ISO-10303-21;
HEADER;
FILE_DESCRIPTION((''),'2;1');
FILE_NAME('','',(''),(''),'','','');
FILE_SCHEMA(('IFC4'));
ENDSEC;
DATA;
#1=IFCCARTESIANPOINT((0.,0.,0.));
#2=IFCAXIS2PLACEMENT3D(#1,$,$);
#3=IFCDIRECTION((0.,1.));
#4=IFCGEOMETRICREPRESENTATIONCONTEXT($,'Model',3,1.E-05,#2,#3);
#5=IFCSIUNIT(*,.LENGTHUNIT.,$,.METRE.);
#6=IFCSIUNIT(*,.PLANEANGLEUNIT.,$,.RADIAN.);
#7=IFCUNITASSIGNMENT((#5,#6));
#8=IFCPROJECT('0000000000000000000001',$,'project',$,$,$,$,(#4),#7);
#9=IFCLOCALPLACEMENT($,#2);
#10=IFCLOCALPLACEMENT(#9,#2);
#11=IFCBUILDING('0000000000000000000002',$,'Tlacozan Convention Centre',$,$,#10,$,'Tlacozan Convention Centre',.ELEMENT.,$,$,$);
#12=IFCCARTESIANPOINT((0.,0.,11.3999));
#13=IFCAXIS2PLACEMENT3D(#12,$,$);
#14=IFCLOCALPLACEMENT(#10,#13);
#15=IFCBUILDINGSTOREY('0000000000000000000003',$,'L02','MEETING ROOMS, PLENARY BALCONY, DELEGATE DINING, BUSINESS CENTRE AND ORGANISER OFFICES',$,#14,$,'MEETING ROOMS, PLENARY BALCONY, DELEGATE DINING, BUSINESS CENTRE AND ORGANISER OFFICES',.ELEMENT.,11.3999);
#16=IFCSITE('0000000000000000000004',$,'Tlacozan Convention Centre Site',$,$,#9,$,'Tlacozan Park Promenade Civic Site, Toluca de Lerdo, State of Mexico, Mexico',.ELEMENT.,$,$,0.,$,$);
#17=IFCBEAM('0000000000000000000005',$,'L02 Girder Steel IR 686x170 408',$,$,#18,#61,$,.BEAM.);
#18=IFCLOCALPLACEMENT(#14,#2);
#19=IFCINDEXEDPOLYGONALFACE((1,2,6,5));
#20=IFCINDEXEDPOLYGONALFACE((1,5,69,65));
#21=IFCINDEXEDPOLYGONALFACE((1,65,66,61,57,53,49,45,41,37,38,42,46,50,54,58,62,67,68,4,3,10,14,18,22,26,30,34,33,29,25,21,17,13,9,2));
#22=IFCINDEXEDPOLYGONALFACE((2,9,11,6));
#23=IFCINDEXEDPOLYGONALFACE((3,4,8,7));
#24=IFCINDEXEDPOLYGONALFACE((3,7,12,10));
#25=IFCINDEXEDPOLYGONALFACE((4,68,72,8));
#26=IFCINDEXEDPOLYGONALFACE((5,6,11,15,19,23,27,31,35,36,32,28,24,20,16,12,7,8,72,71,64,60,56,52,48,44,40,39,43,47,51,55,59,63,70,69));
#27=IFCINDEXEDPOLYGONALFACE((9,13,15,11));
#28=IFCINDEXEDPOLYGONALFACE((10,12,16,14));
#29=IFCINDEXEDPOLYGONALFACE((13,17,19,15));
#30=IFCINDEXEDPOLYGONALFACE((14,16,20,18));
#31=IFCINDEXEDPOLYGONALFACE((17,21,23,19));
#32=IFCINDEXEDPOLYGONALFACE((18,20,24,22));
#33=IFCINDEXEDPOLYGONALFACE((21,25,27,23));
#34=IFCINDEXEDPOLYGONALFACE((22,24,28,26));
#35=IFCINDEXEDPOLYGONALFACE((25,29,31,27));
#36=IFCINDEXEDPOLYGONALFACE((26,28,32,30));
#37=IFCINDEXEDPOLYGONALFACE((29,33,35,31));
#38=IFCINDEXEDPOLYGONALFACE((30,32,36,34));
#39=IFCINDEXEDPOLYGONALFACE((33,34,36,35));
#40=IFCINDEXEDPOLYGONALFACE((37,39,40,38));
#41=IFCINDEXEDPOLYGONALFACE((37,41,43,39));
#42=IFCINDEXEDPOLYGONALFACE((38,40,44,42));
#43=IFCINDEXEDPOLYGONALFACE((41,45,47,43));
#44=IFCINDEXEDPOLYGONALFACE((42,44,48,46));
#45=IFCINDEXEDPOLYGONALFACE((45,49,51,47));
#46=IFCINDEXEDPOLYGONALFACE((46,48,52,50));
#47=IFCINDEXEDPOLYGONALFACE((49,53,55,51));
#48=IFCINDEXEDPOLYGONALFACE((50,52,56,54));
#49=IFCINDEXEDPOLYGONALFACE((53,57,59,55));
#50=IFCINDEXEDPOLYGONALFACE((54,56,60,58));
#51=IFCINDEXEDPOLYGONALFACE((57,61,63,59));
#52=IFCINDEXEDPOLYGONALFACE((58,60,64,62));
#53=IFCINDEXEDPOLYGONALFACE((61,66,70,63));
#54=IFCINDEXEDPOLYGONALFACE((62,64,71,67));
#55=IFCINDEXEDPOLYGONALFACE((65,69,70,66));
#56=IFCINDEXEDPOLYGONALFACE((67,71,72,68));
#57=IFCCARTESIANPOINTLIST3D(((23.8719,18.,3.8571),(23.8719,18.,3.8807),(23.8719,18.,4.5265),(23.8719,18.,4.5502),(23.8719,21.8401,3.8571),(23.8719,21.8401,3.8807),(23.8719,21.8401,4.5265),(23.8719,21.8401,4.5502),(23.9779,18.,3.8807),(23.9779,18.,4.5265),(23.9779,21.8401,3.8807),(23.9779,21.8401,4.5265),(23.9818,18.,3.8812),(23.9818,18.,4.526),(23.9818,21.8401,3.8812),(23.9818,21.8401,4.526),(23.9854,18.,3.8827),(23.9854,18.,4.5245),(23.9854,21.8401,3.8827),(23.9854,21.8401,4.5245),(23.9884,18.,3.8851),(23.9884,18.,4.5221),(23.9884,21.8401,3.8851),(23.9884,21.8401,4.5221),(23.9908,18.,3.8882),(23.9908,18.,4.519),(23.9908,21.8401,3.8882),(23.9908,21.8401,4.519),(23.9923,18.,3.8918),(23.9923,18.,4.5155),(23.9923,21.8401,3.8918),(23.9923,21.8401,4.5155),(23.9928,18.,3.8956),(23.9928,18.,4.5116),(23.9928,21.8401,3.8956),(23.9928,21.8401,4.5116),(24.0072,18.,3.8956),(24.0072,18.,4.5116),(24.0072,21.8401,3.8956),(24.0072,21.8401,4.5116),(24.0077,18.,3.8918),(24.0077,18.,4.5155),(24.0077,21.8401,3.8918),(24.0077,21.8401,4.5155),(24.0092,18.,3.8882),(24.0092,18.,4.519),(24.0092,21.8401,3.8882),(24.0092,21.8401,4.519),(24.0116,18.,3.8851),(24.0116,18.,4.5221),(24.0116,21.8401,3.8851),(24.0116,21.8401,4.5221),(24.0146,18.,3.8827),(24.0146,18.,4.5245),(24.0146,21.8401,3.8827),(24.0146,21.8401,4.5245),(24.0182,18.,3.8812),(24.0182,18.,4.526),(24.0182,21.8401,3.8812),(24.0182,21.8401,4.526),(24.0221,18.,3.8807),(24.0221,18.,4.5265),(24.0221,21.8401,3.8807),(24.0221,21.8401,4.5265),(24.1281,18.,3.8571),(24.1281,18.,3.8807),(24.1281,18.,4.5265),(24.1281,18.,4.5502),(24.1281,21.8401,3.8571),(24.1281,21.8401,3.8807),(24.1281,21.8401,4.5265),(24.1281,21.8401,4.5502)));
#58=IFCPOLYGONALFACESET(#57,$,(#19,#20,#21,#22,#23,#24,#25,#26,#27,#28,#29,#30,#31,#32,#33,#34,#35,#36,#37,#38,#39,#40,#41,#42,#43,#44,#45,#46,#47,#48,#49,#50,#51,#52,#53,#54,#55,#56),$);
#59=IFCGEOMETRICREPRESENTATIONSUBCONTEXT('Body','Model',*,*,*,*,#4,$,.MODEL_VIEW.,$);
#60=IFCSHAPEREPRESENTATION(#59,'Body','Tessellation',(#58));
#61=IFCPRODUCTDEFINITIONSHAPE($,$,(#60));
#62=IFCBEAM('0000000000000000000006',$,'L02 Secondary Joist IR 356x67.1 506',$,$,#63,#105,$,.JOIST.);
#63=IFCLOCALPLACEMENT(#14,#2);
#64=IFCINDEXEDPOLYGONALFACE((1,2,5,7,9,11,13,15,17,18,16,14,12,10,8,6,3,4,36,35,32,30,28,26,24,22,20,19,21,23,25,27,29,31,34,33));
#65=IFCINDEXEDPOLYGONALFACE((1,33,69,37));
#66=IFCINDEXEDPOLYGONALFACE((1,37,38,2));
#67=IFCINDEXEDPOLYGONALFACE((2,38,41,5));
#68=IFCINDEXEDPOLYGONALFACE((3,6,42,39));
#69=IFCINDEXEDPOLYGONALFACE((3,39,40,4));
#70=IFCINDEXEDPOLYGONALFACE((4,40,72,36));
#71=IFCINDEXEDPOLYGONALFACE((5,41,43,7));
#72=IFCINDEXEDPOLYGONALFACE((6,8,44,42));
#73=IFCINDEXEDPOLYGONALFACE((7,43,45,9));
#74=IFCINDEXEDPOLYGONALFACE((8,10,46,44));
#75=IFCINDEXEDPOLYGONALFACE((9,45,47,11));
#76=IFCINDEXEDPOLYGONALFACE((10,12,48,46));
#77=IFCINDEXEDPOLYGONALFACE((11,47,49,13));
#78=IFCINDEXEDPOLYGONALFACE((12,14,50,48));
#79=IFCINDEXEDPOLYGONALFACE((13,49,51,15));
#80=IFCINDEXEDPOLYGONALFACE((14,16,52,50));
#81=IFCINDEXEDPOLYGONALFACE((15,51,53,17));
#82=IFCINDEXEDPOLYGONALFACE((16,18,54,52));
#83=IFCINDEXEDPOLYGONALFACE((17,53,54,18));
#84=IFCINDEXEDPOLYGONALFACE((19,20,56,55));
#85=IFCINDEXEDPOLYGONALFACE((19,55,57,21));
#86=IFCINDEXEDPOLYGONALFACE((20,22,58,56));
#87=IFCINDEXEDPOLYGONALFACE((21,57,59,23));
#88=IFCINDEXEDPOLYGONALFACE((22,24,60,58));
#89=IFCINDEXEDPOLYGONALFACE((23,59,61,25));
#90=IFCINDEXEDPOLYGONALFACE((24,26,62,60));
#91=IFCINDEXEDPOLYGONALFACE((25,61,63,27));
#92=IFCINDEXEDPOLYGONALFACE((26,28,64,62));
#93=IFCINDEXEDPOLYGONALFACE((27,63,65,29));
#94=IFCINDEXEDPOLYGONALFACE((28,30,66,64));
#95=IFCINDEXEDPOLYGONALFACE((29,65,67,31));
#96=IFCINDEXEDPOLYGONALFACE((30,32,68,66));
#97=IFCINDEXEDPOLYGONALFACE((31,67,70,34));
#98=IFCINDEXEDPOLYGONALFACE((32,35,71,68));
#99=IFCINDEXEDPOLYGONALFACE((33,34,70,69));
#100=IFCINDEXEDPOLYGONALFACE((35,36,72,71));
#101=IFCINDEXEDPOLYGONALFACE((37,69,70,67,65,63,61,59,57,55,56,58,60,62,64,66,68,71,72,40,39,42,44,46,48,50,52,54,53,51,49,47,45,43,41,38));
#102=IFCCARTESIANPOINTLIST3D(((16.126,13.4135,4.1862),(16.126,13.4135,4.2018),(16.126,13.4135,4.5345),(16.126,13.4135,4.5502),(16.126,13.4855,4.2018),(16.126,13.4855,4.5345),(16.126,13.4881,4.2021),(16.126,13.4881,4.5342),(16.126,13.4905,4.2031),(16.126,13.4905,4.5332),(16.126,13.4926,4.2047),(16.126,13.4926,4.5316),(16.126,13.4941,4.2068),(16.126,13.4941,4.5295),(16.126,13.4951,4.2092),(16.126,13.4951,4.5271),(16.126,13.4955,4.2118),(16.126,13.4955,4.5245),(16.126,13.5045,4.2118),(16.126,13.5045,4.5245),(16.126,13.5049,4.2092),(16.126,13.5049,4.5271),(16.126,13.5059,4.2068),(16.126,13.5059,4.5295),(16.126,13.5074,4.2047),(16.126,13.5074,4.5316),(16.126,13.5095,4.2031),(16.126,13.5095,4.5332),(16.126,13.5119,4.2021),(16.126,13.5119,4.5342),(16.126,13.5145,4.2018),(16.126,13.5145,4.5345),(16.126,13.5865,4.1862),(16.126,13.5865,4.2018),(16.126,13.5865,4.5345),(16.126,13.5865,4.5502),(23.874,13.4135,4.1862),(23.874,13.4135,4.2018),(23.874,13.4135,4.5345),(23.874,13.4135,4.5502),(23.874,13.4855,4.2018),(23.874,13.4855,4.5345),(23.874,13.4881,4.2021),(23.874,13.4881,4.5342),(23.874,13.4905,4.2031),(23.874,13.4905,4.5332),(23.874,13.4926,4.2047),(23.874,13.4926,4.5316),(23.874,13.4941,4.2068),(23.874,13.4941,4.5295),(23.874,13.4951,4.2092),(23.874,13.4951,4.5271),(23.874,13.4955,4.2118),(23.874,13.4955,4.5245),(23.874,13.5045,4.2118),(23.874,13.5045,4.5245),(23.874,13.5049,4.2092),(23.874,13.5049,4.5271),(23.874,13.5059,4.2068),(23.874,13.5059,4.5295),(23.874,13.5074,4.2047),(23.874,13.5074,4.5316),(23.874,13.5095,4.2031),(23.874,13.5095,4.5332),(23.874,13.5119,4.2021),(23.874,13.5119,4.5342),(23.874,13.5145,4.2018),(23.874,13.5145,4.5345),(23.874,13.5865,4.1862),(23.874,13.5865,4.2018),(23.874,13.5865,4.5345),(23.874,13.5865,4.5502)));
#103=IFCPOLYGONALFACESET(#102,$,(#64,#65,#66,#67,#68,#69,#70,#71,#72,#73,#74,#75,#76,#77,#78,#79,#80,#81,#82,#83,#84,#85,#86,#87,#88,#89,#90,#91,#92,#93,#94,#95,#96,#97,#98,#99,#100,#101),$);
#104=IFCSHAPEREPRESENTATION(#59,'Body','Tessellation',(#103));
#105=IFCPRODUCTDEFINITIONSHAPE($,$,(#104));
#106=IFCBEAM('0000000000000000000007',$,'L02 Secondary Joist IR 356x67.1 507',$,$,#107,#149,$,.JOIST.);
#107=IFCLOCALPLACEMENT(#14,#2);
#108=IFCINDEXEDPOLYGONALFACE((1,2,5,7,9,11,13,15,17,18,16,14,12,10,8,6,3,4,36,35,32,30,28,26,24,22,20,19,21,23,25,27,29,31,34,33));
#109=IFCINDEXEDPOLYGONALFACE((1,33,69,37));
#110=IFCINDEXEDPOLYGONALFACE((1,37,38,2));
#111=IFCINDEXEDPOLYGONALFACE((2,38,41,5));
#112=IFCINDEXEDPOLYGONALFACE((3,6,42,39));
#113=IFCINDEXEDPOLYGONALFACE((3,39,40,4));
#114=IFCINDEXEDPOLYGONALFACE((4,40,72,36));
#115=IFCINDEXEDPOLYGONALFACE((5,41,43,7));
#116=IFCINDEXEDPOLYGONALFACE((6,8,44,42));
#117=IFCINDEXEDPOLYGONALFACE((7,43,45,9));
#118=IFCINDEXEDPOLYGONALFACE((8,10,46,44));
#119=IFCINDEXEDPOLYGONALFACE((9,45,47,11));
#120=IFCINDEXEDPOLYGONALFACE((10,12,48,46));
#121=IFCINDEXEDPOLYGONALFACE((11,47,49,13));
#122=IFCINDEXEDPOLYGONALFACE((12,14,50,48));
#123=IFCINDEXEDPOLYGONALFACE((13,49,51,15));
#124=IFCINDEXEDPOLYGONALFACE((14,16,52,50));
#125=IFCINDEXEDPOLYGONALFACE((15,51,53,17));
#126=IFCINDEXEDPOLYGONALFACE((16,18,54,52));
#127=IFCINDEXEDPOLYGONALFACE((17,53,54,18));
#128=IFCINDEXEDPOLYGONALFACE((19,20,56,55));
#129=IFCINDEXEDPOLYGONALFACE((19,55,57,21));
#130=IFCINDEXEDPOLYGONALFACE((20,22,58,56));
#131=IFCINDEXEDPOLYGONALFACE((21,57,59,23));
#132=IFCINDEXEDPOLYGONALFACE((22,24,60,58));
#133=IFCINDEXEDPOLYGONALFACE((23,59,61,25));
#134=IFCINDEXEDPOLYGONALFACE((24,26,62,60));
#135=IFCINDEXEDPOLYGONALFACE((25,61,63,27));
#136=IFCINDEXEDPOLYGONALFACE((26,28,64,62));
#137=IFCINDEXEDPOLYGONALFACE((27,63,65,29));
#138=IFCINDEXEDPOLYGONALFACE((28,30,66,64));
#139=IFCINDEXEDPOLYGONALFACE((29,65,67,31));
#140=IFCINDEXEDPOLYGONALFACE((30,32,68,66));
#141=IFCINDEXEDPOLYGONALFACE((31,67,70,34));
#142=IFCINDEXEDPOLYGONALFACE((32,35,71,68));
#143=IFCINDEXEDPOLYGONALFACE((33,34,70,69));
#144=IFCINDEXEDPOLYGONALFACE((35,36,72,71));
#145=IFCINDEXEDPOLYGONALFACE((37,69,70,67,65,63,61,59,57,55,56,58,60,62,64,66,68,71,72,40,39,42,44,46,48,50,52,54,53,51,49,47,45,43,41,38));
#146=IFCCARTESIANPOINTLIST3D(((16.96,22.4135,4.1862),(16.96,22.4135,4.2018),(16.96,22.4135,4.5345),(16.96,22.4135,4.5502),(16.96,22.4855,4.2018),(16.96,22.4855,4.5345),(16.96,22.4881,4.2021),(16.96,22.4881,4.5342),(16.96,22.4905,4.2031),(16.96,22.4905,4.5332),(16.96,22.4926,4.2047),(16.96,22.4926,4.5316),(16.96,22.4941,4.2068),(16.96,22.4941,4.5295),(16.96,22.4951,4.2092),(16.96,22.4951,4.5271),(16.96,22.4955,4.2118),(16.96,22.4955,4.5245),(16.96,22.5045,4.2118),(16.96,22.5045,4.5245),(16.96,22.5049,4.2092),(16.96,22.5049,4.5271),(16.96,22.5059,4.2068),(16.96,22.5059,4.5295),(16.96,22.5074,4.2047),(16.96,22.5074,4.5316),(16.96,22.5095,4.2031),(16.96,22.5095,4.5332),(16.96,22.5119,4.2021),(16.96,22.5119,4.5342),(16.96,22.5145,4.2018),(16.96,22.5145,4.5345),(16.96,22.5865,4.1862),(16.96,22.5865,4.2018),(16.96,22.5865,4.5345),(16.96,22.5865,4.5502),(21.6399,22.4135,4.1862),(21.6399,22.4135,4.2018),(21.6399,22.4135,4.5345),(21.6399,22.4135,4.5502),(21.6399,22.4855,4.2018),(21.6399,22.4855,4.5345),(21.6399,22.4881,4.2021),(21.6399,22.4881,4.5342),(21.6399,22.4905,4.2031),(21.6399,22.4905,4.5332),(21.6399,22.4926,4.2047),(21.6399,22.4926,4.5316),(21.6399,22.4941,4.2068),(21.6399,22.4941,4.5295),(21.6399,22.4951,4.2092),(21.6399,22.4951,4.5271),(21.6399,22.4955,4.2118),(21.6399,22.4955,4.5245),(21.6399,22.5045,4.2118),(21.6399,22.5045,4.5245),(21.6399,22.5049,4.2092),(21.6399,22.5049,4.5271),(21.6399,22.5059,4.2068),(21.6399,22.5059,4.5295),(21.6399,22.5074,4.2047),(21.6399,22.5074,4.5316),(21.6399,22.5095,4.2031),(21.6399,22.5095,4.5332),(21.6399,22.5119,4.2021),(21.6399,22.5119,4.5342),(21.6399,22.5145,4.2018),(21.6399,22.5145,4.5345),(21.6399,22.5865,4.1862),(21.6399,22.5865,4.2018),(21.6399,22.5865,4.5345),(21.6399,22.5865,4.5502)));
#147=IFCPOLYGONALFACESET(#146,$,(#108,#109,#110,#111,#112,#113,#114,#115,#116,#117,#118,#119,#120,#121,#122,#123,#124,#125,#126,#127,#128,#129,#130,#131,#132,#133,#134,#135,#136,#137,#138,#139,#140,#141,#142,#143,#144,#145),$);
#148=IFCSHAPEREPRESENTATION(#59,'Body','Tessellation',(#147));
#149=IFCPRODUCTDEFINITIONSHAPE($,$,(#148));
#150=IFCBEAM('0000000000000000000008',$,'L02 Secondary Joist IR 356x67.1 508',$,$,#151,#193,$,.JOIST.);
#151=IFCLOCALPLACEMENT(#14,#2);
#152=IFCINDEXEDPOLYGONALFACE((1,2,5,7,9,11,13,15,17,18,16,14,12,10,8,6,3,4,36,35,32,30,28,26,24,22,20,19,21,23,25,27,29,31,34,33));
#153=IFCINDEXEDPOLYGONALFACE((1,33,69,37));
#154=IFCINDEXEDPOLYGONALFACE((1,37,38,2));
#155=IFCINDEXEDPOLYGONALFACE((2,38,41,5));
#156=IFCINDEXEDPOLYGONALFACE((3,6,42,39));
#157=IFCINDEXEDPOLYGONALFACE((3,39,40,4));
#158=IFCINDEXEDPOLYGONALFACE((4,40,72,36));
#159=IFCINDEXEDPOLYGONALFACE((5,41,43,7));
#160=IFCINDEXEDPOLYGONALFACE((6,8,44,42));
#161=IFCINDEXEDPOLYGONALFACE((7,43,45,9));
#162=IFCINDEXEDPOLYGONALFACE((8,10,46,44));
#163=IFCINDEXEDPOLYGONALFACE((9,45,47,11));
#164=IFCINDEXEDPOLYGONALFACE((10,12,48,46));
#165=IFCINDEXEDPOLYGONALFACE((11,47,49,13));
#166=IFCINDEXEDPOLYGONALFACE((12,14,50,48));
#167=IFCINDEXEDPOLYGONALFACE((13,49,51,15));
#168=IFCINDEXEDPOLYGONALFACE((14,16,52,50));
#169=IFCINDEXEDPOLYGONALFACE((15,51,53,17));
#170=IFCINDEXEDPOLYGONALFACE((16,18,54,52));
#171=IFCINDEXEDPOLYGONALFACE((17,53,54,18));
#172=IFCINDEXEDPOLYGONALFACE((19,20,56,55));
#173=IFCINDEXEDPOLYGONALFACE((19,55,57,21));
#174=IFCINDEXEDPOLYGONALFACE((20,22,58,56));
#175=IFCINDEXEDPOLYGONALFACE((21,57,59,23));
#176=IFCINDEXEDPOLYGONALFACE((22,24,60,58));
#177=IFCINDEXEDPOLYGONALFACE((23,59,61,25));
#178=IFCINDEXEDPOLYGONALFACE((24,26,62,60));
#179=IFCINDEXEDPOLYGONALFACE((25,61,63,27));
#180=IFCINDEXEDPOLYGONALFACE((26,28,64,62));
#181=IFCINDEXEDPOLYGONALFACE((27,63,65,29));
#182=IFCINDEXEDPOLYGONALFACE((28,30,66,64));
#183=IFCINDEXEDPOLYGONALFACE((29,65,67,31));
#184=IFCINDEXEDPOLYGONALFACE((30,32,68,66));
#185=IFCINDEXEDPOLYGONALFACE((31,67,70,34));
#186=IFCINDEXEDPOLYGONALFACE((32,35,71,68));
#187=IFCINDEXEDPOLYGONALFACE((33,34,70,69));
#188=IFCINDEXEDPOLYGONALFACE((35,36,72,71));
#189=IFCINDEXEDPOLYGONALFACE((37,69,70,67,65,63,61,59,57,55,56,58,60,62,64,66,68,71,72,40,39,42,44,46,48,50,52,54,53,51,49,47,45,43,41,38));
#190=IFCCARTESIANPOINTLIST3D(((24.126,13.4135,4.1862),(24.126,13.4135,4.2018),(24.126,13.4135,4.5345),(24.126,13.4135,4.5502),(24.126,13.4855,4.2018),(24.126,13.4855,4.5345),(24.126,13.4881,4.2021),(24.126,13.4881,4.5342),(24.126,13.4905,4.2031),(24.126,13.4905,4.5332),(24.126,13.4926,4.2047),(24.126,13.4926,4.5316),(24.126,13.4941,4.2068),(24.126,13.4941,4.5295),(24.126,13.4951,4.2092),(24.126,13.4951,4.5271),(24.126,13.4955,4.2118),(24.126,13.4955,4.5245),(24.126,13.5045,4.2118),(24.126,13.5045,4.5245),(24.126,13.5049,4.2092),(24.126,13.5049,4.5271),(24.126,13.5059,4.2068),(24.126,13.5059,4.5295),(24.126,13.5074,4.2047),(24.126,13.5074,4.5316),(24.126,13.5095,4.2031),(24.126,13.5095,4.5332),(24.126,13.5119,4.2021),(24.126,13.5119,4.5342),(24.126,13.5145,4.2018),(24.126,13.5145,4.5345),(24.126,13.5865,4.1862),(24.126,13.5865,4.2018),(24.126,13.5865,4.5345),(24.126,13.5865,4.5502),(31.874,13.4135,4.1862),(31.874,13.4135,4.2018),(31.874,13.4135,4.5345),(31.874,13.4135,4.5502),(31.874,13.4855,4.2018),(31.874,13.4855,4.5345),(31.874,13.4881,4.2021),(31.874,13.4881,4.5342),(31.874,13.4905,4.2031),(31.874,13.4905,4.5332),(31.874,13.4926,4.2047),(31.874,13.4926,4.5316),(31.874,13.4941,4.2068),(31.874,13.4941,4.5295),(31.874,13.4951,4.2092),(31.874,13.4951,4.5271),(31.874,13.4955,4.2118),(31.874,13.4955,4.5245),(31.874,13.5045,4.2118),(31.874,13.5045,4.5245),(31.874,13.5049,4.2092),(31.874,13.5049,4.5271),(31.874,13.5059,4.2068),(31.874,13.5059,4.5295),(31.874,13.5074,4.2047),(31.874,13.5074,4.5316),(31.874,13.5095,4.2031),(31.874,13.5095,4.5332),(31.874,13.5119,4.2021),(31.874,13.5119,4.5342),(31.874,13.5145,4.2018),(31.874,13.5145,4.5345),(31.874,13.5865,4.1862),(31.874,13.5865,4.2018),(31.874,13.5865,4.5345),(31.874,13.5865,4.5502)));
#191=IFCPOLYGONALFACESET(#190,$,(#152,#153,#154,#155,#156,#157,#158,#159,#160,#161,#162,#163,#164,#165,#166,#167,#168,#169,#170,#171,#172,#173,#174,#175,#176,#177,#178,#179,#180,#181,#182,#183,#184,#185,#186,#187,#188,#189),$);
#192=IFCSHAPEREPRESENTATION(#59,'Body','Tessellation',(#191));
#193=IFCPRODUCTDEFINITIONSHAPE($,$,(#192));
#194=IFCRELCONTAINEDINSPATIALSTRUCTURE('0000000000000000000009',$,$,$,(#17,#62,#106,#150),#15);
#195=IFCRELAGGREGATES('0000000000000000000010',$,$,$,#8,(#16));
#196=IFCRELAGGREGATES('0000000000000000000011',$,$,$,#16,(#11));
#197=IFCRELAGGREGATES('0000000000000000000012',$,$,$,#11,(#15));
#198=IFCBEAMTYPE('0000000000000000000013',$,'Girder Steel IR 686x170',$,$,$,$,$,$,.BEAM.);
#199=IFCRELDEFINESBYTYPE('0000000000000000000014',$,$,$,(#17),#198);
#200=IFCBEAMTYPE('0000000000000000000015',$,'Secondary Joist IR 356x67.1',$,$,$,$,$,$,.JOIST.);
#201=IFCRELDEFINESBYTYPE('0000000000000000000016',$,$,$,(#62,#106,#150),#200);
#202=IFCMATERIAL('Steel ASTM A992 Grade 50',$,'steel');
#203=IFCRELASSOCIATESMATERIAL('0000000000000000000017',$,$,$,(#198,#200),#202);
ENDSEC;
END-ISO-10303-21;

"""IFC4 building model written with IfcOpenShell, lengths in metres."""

from ifc_helpers import new_model, si_unit, direction, frame, origin, origin_2d, place, context, subcontext, project, spatial, i_section, extrude, material, material_profile, profile_set, type_object, element, save


model = new_model("IFC4")

# Units and contexts
model_context = context("Model", 3, precision=1e-05, world=origin(), true_north=direction((0.0, 1.0)))
body_context = subcontext(model_context, "Body", "Model", "MODEL_VIEW")
ifc_project = project(units=[si_unit("LENGTHUNIT", "METRE"), si_unit("PLANEANGLEUNIT", "RADIAN")], contexts=[model_context])

# Site, building, storey
site_placement = place(None, origin())
site = spatial("IfcSite", under=ifc_project, at=site_placement, Name="Tlacozan Convention Centre Site", LongName="Tlacozan Park Promenade Civic Site, Toluca de Lerdo, State of Mexico, Mexico", CompositionType="ELEMENT", RefElevation=0.0)
building_placement = place(site_placement, origin())
building = spatial("IfcBuilding", under=site, at=building_placement, Name="Tlacozan Convention Centre", LongName="Tlacozan Convention Centre", CompositionType="ELEMENT")
storey_placement = place(building_placement, frame((0.0, 0.0, 11.3999)))
storey = spatial("IfcBuildingStorey", under=building, at=storey_placement, Name="L02", Description="MEETING ROOMS, PLENARY BALCONY, DELEGATE DINING, BUSINESS CENTRE AND ORGANISER OFFICES", LongName="MEETING ROOMS, PLENARY BALCONY, DELEGATE DINING, BUSINESS CENTRE AND ORGANISER OFFICES", CompositionType="ELEMENT", Elevation=11.3999)

# Beams
ifc_material_1 = material(Name="Steel ASTM A992 Grade 50", Category="steel")
ifc_material_profile_1 = material_profile(ifc_material_1, i_section(OverallWidth=0.2561, OverallDepth=0.6931, WebThickness=0.0144, FlangeThickness=0.0237, FilletRadius=0.0149, at=origin_2d()), Name="IR 686x170.0")
ifc_profile_set_1 = profile_set([ifc_material_profile_1], Name="Steel ASTM A992 Grade 50")
beam_type_1 = type_object("IfcBeamType", Name="Girder Steel IR 686x170", PredefinedType="BEAM", material=ifc_profile_set_1)
beam_1_placement = place(storey_placement, frame((24.0, 18.0, 4.2036), z_axis=(0.0, 1.0, 0.0), x_axis=(-1.0, 0.0, 0.0)))
element("IfcBeam", 1, at=beam_1_placement, inside=storey, type_object=beam_type_1, Name="L02 Girder Steel IR 686x170 408", PredefinedType="BEAM", context=body_context, shape_type="SweptSolid", body=[
    extrude(i_section(OverallWidth=0.2561, OverallDepth=0.6931, WebThickness=0.0144, FlangeThickness=0.0237, FilletRadius=0.0149, at=origin_2d()), origin(), (0.0, 0.0, 1.0), 3.8401),
])
ifc_material_profile_2 = material_profile(ifc_material_1, i_section(OverallWidth=0.1731, OverallDepth=0.364, WebThickness=0.009, FlangeThickness=0.0156, FilletRadius=0.01, at=origin_2d()), Name="IR 356x67.1")
ifc_profile_set_2 = profile_set([ifc_material_profile_2], Name="Steel ASTM A992 Grade 50")
beam_type_2 = type_object("IfcBeamType", Name="Secondary Joist IR 356x67.1", PredefinedType="JOIST", material=ifc_profile_set_2)
beam_2_placement = place(storey_placement, frame((16.126, 13.5, 4.3682), z_axis=(1.0, 0.0, 0.0), x_axis=(0.0, 1.0, 0.0)))
element("IfcBeam", 2, at=beam_2_placement, inside=storey, type_object=beam_type_2, Name="L02 Secondary Joist IR 356x67.1 506", PredefinedType="JOIST", context=body_context, shape_type="SweptSolid", body=[
    extrude(i_section(OverallWidth=0.1731, OverallDepth=0.364, WebThickness=0.009, FlangeThickness=0.0156, FilletRadius=0.01, at=origin_2d()), origin(), (0.0, 0.0, 1.0), 7.748),
])
beam_3_placement = place(storey_placement, frame((16.96, 22.5, 4.3682), z_axis=(1.0, 0.0, 0.0), x_axis=(0.0, 1.0, 0.0)))
element("IfcBeam", 3, at=beam_3_placement, inside=storey, type_object=beam_type_2, Name="L02 Secondary Joist IR 356x67.1 507", PredefinedType="JOIST", context=body_context, shape_type="SweptSolid", body=[
    extrude(i_section(OverallWidth=0.1731, OverallDepth=0.364, WebThickness=0.009, FlangeThickness=0.0156, FilletRadius=0.01, at=origin_2d()), origin(), (0.0, 0.0, 1.0), 4.6799),
])
beam_4_placement = place(storey_placement, frame((24.126, 13.5, 4.3682), z_axis=(1.0, 0.0, 0.0), x_axis=(0.0, 1.0, 0.0)))
element("IfcBeam", 4, at=beam_4_placement, inside=storey, type_object=beam_type_2, Name="L02 Secondary Joist IR 356x67.1 508", PredefinedType="JOIST", context=body_context, shape_type="SweptSolid", body=[
    extrude(i_section(OverallWidth=0.1731, OverallDepth=0.364, WebThickness=0.009, FlangeThickness=0.0156, FilletRadius=0.01, at=origin_2d()), origin(), (0.0, 0.0, 1.0), 7.748),
])

save(model, "model.ifc")
